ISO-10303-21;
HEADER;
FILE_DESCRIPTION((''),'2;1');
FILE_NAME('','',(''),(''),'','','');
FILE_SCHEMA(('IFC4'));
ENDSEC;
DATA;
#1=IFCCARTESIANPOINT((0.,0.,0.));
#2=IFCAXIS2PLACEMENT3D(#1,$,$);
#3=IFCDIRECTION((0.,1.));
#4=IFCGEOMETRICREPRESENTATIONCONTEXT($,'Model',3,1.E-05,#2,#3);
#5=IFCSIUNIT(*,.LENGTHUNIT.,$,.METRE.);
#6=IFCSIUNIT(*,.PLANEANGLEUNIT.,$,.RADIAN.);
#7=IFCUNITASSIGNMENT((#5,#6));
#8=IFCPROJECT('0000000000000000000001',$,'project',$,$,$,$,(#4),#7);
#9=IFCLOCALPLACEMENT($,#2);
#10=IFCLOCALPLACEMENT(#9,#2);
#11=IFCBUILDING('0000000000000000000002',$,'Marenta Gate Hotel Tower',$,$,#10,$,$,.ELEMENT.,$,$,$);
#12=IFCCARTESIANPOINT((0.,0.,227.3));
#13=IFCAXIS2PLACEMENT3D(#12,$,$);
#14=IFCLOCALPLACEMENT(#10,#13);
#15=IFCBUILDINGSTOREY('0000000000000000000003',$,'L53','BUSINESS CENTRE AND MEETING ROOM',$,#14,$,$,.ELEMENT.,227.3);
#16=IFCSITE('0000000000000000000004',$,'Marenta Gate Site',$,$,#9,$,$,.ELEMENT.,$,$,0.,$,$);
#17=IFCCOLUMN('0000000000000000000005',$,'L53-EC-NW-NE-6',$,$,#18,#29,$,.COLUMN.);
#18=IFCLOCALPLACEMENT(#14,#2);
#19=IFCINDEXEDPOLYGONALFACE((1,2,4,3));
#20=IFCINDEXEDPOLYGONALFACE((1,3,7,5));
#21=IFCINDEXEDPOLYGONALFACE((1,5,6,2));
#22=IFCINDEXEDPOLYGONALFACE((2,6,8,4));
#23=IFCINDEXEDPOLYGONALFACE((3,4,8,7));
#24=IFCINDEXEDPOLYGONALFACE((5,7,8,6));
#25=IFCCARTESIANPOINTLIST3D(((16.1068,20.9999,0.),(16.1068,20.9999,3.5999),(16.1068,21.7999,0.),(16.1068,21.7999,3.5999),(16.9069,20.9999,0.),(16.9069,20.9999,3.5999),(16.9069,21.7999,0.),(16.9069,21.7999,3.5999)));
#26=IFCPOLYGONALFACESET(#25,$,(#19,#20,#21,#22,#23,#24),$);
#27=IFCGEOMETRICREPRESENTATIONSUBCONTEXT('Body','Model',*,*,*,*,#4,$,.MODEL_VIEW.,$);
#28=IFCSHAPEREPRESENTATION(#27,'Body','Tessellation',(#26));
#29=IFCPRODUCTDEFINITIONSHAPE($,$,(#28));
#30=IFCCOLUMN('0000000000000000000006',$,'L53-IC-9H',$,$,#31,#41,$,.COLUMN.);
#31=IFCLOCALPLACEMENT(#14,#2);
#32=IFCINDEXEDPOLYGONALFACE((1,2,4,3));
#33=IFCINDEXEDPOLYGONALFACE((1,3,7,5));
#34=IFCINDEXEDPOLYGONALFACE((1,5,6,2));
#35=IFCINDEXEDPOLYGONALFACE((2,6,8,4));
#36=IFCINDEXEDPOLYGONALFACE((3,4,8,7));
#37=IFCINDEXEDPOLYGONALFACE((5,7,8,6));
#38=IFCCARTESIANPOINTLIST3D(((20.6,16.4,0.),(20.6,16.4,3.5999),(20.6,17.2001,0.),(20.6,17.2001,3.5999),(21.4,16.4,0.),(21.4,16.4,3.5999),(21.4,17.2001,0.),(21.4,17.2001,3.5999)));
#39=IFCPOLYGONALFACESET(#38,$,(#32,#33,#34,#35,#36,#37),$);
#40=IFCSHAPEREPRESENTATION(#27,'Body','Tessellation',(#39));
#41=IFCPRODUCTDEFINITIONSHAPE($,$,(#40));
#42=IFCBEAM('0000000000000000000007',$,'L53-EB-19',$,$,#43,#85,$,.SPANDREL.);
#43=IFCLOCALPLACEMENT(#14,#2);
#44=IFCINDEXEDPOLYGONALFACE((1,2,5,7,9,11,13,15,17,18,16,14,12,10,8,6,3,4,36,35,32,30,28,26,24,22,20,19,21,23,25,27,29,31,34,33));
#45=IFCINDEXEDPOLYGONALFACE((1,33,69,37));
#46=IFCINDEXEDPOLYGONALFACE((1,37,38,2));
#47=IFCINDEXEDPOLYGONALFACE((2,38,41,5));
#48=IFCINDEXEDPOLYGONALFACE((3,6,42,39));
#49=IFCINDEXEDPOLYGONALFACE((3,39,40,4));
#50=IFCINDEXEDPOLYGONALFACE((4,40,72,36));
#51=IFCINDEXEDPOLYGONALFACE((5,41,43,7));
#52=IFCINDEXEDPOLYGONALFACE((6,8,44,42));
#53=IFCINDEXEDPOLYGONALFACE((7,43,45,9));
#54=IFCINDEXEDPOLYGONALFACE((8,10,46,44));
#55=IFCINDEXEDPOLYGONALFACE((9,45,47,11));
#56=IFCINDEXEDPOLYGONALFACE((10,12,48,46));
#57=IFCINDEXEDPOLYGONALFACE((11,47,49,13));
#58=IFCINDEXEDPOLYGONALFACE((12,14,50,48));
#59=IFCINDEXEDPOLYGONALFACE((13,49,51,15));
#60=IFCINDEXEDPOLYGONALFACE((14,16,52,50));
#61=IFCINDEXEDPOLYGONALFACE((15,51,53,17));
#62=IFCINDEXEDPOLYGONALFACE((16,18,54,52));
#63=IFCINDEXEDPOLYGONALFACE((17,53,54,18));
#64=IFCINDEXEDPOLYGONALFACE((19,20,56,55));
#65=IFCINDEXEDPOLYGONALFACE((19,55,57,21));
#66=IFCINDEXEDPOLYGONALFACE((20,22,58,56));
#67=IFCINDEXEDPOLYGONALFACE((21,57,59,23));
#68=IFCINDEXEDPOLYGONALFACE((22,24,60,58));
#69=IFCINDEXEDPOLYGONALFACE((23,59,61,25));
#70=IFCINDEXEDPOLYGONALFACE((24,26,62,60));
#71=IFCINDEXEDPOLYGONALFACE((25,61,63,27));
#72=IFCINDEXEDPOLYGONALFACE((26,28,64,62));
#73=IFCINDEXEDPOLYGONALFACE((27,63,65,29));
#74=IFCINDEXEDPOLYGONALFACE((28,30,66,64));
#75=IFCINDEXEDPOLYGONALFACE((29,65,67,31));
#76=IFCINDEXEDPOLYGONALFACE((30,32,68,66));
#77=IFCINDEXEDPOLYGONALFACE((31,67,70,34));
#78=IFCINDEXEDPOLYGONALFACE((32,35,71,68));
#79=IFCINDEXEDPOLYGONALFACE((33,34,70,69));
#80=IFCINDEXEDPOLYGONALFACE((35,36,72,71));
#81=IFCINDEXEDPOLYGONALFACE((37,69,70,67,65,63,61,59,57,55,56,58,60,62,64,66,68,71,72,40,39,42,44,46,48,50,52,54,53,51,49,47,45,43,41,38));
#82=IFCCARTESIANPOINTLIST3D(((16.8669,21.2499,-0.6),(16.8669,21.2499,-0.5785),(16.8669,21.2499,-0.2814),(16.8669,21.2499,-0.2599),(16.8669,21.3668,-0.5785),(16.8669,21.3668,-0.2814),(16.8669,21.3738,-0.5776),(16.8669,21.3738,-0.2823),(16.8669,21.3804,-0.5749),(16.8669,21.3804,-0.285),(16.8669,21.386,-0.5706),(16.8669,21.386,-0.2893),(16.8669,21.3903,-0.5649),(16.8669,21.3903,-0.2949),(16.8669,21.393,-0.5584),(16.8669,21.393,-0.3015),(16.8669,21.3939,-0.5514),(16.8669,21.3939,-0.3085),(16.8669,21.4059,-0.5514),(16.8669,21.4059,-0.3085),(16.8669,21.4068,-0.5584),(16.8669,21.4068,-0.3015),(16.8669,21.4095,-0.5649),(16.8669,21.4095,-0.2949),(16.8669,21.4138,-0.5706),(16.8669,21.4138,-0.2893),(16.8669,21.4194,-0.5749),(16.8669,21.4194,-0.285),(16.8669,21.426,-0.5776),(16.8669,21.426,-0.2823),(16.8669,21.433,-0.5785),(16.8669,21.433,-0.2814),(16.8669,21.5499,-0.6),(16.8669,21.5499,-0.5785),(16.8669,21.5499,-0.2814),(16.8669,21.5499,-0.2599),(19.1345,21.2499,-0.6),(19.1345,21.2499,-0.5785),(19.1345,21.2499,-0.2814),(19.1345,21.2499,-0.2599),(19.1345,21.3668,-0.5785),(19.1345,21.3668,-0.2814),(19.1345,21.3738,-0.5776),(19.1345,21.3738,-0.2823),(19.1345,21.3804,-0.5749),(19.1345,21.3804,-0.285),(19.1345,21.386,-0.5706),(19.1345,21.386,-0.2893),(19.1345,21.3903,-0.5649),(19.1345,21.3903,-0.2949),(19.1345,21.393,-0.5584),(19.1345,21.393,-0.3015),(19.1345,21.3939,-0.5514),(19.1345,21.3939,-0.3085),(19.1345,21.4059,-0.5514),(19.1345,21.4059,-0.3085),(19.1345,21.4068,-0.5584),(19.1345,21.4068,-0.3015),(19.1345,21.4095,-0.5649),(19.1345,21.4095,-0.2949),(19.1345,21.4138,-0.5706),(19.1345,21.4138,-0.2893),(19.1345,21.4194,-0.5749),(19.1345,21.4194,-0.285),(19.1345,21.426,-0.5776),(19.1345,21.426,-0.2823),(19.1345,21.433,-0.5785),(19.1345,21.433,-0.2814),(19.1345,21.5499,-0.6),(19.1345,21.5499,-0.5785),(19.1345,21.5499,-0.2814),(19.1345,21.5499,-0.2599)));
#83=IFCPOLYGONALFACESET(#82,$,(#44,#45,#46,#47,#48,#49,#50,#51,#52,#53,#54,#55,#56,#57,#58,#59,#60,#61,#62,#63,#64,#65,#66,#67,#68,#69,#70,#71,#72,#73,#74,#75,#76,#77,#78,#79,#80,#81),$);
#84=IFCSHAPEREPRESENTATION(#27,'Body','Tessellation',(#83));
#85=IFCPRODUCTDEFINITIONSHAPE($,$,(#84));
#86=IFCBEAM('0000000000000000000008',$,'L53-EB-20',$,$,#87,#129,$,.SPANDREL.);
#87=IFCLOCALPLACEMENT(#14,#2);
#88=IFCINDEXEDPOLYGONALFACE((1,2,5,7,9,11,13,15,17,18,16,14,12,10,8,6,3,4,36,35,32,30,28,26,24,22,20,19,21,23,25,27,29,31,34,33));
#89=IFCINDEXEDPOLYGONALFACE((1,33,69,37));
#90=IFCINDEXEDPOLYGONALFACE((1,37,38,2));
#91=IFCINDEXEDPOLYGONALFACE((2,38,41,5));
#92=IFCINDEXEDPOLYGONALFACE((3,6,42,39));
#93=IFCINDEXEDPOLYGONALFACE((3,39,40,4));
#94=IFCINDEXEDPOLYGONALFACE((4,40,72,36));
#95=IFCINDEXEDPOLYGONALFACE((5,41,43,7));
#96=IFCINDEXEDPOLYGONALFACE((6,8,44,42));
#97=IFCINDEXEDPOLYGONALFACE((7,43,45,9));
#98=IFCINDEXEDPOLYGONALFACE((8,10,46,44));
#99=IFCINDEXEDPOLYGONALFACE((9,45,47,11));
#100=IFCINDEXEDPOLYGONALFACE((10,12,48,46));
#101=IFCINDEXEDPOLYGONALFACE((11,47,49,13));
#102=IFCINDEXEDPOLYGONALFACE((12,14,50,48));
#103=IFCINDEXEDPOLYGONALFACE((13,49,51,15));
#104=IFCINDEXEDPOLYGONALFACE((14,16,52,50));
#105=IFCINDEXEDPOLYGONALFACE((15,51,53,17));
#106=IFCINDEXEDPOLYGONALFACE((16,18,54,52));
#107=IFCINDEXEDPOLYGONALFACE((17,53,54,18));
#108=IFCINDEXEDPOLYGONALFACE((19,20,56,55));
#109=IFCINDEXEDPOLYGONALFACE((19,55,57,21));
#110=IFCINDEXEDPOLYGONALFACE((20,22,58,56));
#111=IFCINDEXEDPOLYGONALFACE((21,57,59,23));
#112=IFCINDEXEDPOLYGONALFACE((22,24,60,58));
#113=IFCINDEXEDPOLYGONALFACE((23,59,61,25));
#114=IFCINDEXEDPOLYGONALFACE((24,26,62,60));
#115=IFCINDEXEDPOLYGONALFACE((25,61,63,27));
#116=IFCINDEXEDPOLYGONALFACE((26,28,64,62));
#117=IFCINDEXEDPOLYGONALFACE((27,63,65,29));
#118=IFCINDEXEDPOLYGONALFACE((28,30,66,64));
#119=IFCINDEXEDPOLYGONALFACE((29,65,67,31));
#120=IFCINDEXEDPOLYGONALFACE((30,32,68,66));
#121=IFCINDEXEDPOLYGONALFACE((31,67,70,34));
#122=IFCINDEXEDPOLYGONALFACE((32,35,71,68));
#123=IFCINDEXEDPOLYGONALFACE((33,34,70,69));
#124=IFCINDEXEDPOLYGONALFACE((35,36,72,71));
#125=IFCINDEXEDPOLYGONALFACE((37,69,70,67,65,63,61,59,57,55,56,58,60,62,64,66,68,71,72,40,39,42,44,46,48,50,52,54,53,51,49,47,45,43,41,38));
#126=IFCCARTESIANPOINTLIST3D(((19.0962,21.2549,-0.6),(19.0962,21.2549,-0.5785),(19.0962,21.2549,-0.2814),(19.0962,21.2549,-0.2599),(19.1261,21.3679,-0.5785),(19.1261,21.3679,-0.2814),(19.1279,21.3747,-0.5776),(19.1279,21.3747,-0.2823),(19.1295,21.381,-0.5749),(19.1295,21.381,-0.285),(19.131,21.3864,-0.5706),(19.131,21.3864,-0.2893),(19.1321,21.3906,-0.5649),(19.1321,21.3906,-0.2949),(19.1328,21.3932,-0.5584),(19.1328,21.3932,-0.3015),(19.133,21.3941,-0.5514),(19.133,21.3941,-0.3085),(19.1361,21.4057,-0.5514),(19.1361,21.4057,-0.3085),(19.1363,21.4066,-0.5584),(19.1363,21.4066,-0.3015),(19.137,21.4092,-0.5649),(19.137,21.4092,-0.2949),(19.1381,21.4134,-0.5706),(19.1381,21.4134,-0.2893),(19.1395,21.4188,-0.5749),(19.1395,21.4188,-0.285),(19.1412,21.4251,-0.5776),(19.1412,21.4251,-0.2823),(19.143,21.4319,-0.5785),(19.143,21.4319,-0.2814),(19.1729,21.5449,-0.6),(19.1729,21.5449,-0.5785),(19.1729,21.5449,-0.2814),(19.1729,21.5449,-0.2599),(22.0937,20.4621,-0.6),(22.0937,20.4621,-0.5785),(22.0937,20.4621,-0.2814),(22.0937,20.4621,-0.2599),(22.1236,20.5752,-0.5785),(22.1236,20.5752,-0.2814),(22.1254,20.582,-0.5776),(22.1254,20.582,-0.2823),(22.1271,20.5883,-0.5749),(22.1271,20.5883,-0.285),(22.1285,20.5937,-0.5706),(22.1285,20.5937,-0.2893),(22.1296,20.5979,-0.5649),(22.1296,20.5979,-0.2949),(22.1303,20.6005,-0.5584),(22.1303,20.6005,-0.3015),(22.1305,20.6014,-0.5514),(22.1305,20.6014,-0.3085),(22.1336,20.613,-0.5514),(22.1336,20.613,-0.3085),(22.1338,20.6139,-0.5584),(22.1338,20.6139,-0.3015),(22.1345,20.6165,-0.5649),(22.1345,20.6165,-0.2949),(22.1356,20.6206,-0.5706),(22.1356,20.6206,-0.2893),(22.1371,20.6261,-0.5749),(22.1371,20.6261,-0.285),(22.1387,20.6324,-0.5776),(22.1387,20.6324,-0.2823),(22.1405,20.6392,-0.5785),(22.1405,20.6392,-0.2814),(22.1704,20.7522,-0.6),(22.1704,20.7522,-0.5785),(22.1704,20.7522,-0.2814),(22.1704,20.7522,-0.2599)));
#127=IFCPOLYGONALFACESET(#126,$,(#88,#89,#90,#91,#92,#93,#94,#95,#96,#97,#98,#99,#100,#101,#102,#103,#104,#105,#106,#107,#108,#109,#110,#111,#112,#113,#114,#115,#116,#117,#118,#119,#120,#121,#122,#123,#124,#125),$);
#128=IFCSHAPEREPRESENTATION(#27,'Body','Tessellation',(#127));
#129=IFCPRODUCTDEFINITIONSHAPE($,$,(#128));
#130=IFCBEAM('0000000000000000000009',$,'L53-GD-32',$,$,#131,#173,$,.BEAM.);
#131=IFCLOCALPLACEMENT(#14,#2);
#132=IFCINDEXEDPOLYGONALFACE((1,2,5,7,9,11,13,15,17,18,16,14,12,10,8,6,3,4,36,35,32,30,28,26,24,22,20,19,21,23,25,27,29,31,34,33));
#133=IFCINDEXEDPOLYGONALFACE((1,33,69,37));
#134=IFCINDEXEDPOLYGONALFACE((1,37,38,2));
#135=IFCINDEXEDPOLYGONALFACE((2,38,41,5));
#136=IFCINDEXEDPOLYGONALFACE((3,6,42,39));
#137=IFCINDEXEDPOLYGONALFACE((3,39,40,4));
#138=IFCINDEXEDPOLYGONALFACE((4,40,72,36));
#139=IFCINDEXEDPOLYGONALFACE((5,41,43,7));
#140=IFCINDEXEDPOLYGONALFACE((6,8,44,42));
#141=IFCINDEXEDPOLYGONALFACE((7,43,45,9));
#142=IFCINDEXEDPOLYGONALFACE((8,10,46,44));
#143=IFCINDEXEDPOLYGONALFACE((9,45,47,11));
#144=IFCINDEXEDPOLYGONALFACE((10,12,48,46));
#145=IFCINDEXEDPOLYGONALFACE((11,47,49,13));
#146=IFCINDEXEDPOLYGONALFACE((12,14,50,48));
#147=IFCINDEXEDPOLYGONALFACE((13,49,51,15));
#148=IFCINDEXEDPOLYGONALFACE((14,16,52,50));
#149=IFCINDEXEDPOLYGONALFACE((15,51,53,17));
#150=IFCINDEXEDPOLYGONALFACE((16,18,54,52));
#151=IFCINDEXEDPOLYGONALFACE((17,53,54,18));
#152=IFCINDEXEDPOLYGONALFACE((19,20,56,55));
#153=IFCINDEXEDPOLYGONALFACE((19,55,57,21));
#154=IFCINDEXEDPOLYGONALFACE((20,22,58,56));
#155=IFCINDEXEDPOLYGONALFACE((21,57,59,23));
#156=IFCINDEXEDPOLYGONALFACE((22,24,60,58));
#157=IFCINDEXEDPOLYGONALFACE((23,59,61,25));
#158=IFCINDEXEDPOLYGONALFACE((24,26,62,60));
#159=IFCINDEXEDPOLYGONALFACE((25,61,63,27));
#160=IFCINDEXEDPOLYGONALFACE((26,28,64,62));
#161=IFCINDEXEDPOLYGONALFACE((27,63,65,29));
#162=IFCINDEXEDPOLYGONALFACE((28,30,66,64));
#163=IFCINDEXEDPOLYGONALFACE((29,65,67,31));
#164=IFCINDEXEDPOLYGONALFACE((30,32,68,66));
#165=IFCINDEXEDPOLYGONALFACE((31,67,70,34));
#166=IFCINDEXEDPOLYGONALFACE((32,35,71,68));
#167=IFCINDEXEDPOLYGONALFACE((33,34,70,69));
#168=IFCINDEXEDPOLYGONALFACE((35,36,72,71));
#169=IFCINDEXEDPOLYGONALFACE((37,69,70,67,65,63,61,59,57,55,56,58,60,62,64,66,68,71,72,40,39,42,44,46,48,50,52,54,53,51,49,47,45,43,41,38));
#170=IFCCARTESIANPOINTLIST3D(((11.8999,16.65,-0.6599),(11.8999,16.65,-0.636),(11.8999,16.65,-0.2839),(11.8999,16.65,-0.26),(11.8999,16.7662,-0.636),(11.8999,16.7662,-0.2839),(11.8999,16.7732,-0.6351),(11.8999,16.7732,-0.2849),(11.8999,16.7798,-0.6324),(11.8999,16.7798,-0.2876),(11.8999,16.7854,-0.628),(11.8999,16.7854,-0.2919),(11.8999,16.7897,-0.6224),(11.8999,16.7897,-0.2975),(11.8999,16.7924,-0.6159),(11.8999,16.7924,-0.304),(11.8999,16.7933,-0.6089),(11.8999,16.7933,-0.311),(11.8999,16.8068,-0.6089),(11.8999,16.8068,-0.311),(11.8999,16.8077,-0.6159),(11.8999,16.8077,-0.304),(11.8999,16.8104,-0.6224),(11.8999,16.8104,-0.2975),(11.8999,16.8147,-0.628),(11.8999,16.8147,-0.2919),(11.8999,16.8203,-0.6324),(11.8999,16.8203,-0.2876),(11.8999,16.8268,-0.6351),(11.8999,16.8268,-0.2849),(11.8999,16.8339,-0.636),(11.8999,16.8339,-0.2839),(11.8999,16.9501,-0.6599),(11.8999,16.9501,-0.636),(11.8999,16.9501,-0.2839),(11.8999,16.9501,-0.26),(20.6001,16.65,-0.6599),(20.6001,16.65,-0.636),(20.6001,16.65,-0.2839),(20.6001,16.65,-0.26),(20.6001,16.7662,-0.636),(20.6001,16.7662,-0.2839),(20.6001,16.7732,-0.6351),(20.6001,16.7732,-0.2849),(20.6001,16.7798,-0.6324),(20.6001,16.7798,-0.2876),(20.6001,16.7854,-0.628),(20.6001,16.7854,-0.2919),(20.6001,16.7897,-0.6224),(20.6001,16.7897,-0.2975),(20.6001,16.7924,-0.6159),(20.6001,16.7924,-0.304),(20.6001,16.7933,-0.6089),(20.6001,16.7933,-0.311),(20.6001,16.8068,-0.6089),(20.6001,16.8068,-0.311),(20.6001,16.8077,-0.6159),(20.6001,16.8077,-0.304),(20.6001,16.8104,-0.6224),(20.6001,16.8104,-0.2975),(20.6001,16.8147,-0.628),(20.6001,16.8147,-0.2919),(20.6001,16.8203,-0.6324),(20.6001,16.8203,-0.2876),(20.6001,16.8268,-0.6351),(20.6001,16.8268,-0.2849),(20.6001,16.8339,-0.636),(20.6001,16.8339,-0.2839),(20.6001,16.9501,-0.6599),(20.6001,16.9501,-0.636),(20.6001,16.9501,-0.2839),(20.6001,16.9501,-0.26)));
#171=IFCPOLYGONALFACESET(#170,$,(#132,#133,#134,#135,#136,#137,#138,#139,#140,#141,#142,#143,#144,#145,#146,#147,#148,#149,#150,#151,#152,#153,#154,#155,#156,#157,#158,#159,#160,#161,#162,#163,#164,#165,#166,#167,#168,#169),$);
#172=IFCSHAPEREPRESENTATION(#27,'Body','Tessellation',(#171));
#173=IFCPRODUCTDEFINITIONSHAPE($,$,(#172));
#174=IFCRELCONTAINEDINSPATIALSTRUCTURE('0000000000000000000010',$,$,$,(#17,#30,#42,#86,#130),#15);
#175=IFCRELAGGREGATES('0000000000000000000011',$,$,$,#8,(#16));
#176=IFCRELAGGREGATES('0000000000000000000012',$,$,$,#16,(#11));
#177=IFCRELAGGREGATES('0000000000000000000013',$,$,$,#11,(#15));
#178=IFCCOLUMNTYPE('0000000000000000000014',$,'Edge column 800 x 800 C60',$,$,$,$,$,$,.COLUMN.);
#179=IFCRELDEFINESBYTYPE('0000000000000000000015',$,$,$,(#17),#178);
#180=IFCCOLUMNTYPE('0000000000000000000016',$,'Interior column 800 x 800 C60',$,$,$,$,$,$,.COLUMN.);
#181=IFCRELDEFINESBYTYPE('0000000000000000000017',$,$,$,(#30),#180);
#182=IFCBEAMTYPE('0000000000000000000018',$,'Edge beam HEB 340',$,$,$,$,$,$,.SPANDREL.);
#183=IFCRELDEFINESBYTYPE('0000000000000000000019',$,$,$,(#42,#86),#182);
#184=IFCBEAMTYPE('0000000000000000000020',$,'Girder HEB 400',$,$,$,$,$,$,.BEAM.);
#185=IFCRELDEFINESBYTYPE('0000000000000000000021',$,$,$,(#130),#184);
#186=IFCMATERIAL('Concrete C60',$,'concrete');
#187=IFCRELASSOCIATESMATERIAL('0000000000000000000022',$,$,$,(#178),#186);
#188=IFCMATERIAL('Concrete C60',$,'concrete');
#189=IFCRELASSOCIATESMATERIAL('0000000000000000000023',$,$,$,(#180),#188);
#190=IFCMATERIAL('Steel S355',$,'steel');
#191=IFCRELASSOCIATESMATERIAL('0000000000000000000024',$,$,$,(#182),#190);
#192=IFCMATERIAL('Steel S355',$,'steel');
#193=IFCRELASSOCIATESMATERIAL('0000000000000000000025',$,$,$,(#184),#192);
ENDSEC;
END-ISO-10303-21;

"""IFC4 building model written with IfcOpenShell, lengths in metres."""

from ifc_helpers import new_model, si_unit, direction, frame, origin, origin_2d, place, context, subcontext, project, spatial, rectangle, i_section, extrude, material, material_profile, profile_set, type_object, element, save


model = new_model("IFC4")

# Units and contexts
model_context = context("Model", 3, precision=1e-05, world=origin(), true_north=direction((0.0, 1.0)))
body_context = subcontext(model_context, "Body", "Model", "MODEL_VIEW")
ifc_project = project(units=[si_unit("LENGTHUNIT", "METRE"), si_unit("PLANEANGLEUNIT", "RADIAN")], contexts=[model_context])

# Site, building, storey
site_placement = place(None, origin())
site = spatial("IfcSite", under=ifc_project, at=site_placement, Name="Marenta Gate Site", CompositionType="ELEMENT", RefElevation=0.0)
building_placement = place(site_placement, origin())
building = spatial("IfcBuilding", under=site, at=building_placement, Name="Marenta Gate Hotel Tower", CompositionType="ELEMENT")
storey_placement = place(building_placement, frame((0.0, 0.0, 227.3)))
storey = spatial("IfcBuildingStorey", under=building, at=storey_placement, Name="L53", Description="BUSINESS CENTRE AND MEETING ROOM", CompositionType="ELEMENT", Elevation=227.3)

# Columns
ifc_material_1 = material(Name="Concrete C60", Category="concrete")
ifc_material_profile_1 = material_profile(ifc_material_1, rectangle(XDim=0.8, YDim=0.8, at=origin_2d()), Name="800 x 800")
ifc_profile_set_1 = profile_set([ifc_material_profile_1], Name="Concrete C60")
column_type_1 = type_object("IfcColumnType", Name="Edge column 800 x 800 C60", PredefinedType="COLUMN", material=ifc_profile_set_1)
column_1_placement = place(storey_placement, frame((16.5068, 21.3999, 0.0), z_axis=(0.0, 0.0, 1.0), x_axis=(1.0, 0.0, 0.0)))
element("IfcColumn", 1, at=column_1_placement, inside=storey, type_object=column_type_1, Name="L53-EC-NW-NE-6", PredefinedType="COLUMN", context=body_context, shape_type="SweptSolid", body=[
    extrude(rectangle(XDim=0.8, YDim=0.8, at=origin_2d()), origin(), (0.0, 0.0, 1.0), 3.5999),
])
ifc_material_2 = material(Name="Concrete C60", Category="concrete")
ifc_material_profile_2 = material_profile(ifc_material_2, rectangle(XDim=0.8, YDim=0.8, at=origin_2d()), Name="800 x 800")
ifc_profile_set_2 = profile_set([ifc_material_profile_2], Name="Concrete C60")
column_type_2 = type_object("IfcColumnType", Name="Interior column 800 x 800 C60", PredefinedType="COLUMN", material=ifc_profile_set_2)
column_2_placement = place(storey_placement, frame((21.0, 16.8, 0.0), z_axis=(0.0, 0.0, 1.0), x_axis=(1.0, 0.0, 0.0)))
element("IfcColumn", 2, at=column_2_placement, inside=storey, type_object=column_type_2, Name="L53-IC-9H", PredefinedType="COLUMN", context=body_context, shape_type="SweptSolid", body=[
    extrude(rectangle(XDim=0.8, YDim=0.8, at=origin_2d()), origin(), (0.0, 0.0, 1.0), 3.5999),
])

# Beams
ifc_material_3 = material(Name="Steel S355", Category="steel")
ifc_material_profile_3 = material_profile(ifc_material_3, i_section(OverallWidth=0.3, OverallDepth=0.3401, WebThickness=0.012, FlangeThickness=0.0215, FilletRadius=0.0271, at=origin_2d()), Name="HEB 340")
ifc_profile_set_3 = profile_set([ifc_material_profile_3], Name="Steel S355")
beam_type_1 = type_object("IfcBeamType", Name="Edge beam HEB 340", PredefinedType="SPANDREL", material=ifc_profile_set_3)
beam_1_placement = place(storey_placement, frame((16.8669, 21.3999, -0.4299), z_axis=(1.0, 0.0, 0.0), x_axis=(0.0, 1.0, 0.0)))
element("IfcBeam", 3, at=beam_1_placement, inside=storey, type_object=beam_type_1, Name="L53-EB-19", PredefinedType="SPANDREL", context=body_context, shape_type="SweptSolid", body=[
    extrude(i_section(OverallWidth=0.3, OverallDepth=0.3401, WebThickness=0.012, FlangeThickness=0.0215, FilletRadius=0.0271, at=origin_2d()), origin(), (0.0, 0.0, 1.0), 2.2676),
])
beam_2_placement = place(storey_placement, frame((19.1345, 21.3999, -0.4299), z_axis=(0.966765, -0.255667, 0.0), x_axis=(0.255667, 0.966765, 0.0)))
element("IfcBeam", 4, at=beam_2_placement, inside=storey, type_object=beam_type_1, Name="L53-EB-20", PredefinedType="SPANDREL", context=body_context, shape_type="SweptSolid", body=[
    extrude(i_section(OverallWidth=0.3, OverallDepth=0.3401, WebThickness=0.012, FlangeThickness=0.0215, FilletRadius=0.0271, at=origin_2d()), origin(), (0.0, 0.0, 1.0), 3.1006),
])
ifc_material_4 = material(Name="Steel S355", Category="steel")
ifc_material_profile_4 = material_profile(ifc_material_4, i_section(OverallWidth=0.3, OverallDepth=0.3999, WebThickness=0.0134, FlangeThickness=0.0239, FilletRadius=0.0271, at=origin_2d()), Name="HEB 400")
ifc_profile_set_4 = profile_set([ifc_material_profile_4], Name="Steel S355")
beam_type_2 = type_object("IfcBeamType", Name="Girder HEB 400", PredefinedType="BEAM", material=ifc_profile_set_4)
beam_3_placement = place(storey_placement, frame((11.8999, 16.8, -0.46), z_axis=(1.0, 0.0, 0.0), x_axis=(0.0, 1.0, 0.0)))
element("IfcBeam", 5, at=beam_3_placement, inside=storey, type_object=beam_type_2, Name="L53-GD-32", PredefinedType="BEAM", context=body_context, shape_type="SweptSolid", body=[
    extrude(i_section(OverallWidth=0.3, OverallDepth=0.3999, WebThickness=0.0134, FlangeThickness=0.0239, FilletRadius=0.0271, at=origin_2d()), origin(), (0.0, 0.0, 1.0), 8.7002),
])

save(model, "model.ifc")
